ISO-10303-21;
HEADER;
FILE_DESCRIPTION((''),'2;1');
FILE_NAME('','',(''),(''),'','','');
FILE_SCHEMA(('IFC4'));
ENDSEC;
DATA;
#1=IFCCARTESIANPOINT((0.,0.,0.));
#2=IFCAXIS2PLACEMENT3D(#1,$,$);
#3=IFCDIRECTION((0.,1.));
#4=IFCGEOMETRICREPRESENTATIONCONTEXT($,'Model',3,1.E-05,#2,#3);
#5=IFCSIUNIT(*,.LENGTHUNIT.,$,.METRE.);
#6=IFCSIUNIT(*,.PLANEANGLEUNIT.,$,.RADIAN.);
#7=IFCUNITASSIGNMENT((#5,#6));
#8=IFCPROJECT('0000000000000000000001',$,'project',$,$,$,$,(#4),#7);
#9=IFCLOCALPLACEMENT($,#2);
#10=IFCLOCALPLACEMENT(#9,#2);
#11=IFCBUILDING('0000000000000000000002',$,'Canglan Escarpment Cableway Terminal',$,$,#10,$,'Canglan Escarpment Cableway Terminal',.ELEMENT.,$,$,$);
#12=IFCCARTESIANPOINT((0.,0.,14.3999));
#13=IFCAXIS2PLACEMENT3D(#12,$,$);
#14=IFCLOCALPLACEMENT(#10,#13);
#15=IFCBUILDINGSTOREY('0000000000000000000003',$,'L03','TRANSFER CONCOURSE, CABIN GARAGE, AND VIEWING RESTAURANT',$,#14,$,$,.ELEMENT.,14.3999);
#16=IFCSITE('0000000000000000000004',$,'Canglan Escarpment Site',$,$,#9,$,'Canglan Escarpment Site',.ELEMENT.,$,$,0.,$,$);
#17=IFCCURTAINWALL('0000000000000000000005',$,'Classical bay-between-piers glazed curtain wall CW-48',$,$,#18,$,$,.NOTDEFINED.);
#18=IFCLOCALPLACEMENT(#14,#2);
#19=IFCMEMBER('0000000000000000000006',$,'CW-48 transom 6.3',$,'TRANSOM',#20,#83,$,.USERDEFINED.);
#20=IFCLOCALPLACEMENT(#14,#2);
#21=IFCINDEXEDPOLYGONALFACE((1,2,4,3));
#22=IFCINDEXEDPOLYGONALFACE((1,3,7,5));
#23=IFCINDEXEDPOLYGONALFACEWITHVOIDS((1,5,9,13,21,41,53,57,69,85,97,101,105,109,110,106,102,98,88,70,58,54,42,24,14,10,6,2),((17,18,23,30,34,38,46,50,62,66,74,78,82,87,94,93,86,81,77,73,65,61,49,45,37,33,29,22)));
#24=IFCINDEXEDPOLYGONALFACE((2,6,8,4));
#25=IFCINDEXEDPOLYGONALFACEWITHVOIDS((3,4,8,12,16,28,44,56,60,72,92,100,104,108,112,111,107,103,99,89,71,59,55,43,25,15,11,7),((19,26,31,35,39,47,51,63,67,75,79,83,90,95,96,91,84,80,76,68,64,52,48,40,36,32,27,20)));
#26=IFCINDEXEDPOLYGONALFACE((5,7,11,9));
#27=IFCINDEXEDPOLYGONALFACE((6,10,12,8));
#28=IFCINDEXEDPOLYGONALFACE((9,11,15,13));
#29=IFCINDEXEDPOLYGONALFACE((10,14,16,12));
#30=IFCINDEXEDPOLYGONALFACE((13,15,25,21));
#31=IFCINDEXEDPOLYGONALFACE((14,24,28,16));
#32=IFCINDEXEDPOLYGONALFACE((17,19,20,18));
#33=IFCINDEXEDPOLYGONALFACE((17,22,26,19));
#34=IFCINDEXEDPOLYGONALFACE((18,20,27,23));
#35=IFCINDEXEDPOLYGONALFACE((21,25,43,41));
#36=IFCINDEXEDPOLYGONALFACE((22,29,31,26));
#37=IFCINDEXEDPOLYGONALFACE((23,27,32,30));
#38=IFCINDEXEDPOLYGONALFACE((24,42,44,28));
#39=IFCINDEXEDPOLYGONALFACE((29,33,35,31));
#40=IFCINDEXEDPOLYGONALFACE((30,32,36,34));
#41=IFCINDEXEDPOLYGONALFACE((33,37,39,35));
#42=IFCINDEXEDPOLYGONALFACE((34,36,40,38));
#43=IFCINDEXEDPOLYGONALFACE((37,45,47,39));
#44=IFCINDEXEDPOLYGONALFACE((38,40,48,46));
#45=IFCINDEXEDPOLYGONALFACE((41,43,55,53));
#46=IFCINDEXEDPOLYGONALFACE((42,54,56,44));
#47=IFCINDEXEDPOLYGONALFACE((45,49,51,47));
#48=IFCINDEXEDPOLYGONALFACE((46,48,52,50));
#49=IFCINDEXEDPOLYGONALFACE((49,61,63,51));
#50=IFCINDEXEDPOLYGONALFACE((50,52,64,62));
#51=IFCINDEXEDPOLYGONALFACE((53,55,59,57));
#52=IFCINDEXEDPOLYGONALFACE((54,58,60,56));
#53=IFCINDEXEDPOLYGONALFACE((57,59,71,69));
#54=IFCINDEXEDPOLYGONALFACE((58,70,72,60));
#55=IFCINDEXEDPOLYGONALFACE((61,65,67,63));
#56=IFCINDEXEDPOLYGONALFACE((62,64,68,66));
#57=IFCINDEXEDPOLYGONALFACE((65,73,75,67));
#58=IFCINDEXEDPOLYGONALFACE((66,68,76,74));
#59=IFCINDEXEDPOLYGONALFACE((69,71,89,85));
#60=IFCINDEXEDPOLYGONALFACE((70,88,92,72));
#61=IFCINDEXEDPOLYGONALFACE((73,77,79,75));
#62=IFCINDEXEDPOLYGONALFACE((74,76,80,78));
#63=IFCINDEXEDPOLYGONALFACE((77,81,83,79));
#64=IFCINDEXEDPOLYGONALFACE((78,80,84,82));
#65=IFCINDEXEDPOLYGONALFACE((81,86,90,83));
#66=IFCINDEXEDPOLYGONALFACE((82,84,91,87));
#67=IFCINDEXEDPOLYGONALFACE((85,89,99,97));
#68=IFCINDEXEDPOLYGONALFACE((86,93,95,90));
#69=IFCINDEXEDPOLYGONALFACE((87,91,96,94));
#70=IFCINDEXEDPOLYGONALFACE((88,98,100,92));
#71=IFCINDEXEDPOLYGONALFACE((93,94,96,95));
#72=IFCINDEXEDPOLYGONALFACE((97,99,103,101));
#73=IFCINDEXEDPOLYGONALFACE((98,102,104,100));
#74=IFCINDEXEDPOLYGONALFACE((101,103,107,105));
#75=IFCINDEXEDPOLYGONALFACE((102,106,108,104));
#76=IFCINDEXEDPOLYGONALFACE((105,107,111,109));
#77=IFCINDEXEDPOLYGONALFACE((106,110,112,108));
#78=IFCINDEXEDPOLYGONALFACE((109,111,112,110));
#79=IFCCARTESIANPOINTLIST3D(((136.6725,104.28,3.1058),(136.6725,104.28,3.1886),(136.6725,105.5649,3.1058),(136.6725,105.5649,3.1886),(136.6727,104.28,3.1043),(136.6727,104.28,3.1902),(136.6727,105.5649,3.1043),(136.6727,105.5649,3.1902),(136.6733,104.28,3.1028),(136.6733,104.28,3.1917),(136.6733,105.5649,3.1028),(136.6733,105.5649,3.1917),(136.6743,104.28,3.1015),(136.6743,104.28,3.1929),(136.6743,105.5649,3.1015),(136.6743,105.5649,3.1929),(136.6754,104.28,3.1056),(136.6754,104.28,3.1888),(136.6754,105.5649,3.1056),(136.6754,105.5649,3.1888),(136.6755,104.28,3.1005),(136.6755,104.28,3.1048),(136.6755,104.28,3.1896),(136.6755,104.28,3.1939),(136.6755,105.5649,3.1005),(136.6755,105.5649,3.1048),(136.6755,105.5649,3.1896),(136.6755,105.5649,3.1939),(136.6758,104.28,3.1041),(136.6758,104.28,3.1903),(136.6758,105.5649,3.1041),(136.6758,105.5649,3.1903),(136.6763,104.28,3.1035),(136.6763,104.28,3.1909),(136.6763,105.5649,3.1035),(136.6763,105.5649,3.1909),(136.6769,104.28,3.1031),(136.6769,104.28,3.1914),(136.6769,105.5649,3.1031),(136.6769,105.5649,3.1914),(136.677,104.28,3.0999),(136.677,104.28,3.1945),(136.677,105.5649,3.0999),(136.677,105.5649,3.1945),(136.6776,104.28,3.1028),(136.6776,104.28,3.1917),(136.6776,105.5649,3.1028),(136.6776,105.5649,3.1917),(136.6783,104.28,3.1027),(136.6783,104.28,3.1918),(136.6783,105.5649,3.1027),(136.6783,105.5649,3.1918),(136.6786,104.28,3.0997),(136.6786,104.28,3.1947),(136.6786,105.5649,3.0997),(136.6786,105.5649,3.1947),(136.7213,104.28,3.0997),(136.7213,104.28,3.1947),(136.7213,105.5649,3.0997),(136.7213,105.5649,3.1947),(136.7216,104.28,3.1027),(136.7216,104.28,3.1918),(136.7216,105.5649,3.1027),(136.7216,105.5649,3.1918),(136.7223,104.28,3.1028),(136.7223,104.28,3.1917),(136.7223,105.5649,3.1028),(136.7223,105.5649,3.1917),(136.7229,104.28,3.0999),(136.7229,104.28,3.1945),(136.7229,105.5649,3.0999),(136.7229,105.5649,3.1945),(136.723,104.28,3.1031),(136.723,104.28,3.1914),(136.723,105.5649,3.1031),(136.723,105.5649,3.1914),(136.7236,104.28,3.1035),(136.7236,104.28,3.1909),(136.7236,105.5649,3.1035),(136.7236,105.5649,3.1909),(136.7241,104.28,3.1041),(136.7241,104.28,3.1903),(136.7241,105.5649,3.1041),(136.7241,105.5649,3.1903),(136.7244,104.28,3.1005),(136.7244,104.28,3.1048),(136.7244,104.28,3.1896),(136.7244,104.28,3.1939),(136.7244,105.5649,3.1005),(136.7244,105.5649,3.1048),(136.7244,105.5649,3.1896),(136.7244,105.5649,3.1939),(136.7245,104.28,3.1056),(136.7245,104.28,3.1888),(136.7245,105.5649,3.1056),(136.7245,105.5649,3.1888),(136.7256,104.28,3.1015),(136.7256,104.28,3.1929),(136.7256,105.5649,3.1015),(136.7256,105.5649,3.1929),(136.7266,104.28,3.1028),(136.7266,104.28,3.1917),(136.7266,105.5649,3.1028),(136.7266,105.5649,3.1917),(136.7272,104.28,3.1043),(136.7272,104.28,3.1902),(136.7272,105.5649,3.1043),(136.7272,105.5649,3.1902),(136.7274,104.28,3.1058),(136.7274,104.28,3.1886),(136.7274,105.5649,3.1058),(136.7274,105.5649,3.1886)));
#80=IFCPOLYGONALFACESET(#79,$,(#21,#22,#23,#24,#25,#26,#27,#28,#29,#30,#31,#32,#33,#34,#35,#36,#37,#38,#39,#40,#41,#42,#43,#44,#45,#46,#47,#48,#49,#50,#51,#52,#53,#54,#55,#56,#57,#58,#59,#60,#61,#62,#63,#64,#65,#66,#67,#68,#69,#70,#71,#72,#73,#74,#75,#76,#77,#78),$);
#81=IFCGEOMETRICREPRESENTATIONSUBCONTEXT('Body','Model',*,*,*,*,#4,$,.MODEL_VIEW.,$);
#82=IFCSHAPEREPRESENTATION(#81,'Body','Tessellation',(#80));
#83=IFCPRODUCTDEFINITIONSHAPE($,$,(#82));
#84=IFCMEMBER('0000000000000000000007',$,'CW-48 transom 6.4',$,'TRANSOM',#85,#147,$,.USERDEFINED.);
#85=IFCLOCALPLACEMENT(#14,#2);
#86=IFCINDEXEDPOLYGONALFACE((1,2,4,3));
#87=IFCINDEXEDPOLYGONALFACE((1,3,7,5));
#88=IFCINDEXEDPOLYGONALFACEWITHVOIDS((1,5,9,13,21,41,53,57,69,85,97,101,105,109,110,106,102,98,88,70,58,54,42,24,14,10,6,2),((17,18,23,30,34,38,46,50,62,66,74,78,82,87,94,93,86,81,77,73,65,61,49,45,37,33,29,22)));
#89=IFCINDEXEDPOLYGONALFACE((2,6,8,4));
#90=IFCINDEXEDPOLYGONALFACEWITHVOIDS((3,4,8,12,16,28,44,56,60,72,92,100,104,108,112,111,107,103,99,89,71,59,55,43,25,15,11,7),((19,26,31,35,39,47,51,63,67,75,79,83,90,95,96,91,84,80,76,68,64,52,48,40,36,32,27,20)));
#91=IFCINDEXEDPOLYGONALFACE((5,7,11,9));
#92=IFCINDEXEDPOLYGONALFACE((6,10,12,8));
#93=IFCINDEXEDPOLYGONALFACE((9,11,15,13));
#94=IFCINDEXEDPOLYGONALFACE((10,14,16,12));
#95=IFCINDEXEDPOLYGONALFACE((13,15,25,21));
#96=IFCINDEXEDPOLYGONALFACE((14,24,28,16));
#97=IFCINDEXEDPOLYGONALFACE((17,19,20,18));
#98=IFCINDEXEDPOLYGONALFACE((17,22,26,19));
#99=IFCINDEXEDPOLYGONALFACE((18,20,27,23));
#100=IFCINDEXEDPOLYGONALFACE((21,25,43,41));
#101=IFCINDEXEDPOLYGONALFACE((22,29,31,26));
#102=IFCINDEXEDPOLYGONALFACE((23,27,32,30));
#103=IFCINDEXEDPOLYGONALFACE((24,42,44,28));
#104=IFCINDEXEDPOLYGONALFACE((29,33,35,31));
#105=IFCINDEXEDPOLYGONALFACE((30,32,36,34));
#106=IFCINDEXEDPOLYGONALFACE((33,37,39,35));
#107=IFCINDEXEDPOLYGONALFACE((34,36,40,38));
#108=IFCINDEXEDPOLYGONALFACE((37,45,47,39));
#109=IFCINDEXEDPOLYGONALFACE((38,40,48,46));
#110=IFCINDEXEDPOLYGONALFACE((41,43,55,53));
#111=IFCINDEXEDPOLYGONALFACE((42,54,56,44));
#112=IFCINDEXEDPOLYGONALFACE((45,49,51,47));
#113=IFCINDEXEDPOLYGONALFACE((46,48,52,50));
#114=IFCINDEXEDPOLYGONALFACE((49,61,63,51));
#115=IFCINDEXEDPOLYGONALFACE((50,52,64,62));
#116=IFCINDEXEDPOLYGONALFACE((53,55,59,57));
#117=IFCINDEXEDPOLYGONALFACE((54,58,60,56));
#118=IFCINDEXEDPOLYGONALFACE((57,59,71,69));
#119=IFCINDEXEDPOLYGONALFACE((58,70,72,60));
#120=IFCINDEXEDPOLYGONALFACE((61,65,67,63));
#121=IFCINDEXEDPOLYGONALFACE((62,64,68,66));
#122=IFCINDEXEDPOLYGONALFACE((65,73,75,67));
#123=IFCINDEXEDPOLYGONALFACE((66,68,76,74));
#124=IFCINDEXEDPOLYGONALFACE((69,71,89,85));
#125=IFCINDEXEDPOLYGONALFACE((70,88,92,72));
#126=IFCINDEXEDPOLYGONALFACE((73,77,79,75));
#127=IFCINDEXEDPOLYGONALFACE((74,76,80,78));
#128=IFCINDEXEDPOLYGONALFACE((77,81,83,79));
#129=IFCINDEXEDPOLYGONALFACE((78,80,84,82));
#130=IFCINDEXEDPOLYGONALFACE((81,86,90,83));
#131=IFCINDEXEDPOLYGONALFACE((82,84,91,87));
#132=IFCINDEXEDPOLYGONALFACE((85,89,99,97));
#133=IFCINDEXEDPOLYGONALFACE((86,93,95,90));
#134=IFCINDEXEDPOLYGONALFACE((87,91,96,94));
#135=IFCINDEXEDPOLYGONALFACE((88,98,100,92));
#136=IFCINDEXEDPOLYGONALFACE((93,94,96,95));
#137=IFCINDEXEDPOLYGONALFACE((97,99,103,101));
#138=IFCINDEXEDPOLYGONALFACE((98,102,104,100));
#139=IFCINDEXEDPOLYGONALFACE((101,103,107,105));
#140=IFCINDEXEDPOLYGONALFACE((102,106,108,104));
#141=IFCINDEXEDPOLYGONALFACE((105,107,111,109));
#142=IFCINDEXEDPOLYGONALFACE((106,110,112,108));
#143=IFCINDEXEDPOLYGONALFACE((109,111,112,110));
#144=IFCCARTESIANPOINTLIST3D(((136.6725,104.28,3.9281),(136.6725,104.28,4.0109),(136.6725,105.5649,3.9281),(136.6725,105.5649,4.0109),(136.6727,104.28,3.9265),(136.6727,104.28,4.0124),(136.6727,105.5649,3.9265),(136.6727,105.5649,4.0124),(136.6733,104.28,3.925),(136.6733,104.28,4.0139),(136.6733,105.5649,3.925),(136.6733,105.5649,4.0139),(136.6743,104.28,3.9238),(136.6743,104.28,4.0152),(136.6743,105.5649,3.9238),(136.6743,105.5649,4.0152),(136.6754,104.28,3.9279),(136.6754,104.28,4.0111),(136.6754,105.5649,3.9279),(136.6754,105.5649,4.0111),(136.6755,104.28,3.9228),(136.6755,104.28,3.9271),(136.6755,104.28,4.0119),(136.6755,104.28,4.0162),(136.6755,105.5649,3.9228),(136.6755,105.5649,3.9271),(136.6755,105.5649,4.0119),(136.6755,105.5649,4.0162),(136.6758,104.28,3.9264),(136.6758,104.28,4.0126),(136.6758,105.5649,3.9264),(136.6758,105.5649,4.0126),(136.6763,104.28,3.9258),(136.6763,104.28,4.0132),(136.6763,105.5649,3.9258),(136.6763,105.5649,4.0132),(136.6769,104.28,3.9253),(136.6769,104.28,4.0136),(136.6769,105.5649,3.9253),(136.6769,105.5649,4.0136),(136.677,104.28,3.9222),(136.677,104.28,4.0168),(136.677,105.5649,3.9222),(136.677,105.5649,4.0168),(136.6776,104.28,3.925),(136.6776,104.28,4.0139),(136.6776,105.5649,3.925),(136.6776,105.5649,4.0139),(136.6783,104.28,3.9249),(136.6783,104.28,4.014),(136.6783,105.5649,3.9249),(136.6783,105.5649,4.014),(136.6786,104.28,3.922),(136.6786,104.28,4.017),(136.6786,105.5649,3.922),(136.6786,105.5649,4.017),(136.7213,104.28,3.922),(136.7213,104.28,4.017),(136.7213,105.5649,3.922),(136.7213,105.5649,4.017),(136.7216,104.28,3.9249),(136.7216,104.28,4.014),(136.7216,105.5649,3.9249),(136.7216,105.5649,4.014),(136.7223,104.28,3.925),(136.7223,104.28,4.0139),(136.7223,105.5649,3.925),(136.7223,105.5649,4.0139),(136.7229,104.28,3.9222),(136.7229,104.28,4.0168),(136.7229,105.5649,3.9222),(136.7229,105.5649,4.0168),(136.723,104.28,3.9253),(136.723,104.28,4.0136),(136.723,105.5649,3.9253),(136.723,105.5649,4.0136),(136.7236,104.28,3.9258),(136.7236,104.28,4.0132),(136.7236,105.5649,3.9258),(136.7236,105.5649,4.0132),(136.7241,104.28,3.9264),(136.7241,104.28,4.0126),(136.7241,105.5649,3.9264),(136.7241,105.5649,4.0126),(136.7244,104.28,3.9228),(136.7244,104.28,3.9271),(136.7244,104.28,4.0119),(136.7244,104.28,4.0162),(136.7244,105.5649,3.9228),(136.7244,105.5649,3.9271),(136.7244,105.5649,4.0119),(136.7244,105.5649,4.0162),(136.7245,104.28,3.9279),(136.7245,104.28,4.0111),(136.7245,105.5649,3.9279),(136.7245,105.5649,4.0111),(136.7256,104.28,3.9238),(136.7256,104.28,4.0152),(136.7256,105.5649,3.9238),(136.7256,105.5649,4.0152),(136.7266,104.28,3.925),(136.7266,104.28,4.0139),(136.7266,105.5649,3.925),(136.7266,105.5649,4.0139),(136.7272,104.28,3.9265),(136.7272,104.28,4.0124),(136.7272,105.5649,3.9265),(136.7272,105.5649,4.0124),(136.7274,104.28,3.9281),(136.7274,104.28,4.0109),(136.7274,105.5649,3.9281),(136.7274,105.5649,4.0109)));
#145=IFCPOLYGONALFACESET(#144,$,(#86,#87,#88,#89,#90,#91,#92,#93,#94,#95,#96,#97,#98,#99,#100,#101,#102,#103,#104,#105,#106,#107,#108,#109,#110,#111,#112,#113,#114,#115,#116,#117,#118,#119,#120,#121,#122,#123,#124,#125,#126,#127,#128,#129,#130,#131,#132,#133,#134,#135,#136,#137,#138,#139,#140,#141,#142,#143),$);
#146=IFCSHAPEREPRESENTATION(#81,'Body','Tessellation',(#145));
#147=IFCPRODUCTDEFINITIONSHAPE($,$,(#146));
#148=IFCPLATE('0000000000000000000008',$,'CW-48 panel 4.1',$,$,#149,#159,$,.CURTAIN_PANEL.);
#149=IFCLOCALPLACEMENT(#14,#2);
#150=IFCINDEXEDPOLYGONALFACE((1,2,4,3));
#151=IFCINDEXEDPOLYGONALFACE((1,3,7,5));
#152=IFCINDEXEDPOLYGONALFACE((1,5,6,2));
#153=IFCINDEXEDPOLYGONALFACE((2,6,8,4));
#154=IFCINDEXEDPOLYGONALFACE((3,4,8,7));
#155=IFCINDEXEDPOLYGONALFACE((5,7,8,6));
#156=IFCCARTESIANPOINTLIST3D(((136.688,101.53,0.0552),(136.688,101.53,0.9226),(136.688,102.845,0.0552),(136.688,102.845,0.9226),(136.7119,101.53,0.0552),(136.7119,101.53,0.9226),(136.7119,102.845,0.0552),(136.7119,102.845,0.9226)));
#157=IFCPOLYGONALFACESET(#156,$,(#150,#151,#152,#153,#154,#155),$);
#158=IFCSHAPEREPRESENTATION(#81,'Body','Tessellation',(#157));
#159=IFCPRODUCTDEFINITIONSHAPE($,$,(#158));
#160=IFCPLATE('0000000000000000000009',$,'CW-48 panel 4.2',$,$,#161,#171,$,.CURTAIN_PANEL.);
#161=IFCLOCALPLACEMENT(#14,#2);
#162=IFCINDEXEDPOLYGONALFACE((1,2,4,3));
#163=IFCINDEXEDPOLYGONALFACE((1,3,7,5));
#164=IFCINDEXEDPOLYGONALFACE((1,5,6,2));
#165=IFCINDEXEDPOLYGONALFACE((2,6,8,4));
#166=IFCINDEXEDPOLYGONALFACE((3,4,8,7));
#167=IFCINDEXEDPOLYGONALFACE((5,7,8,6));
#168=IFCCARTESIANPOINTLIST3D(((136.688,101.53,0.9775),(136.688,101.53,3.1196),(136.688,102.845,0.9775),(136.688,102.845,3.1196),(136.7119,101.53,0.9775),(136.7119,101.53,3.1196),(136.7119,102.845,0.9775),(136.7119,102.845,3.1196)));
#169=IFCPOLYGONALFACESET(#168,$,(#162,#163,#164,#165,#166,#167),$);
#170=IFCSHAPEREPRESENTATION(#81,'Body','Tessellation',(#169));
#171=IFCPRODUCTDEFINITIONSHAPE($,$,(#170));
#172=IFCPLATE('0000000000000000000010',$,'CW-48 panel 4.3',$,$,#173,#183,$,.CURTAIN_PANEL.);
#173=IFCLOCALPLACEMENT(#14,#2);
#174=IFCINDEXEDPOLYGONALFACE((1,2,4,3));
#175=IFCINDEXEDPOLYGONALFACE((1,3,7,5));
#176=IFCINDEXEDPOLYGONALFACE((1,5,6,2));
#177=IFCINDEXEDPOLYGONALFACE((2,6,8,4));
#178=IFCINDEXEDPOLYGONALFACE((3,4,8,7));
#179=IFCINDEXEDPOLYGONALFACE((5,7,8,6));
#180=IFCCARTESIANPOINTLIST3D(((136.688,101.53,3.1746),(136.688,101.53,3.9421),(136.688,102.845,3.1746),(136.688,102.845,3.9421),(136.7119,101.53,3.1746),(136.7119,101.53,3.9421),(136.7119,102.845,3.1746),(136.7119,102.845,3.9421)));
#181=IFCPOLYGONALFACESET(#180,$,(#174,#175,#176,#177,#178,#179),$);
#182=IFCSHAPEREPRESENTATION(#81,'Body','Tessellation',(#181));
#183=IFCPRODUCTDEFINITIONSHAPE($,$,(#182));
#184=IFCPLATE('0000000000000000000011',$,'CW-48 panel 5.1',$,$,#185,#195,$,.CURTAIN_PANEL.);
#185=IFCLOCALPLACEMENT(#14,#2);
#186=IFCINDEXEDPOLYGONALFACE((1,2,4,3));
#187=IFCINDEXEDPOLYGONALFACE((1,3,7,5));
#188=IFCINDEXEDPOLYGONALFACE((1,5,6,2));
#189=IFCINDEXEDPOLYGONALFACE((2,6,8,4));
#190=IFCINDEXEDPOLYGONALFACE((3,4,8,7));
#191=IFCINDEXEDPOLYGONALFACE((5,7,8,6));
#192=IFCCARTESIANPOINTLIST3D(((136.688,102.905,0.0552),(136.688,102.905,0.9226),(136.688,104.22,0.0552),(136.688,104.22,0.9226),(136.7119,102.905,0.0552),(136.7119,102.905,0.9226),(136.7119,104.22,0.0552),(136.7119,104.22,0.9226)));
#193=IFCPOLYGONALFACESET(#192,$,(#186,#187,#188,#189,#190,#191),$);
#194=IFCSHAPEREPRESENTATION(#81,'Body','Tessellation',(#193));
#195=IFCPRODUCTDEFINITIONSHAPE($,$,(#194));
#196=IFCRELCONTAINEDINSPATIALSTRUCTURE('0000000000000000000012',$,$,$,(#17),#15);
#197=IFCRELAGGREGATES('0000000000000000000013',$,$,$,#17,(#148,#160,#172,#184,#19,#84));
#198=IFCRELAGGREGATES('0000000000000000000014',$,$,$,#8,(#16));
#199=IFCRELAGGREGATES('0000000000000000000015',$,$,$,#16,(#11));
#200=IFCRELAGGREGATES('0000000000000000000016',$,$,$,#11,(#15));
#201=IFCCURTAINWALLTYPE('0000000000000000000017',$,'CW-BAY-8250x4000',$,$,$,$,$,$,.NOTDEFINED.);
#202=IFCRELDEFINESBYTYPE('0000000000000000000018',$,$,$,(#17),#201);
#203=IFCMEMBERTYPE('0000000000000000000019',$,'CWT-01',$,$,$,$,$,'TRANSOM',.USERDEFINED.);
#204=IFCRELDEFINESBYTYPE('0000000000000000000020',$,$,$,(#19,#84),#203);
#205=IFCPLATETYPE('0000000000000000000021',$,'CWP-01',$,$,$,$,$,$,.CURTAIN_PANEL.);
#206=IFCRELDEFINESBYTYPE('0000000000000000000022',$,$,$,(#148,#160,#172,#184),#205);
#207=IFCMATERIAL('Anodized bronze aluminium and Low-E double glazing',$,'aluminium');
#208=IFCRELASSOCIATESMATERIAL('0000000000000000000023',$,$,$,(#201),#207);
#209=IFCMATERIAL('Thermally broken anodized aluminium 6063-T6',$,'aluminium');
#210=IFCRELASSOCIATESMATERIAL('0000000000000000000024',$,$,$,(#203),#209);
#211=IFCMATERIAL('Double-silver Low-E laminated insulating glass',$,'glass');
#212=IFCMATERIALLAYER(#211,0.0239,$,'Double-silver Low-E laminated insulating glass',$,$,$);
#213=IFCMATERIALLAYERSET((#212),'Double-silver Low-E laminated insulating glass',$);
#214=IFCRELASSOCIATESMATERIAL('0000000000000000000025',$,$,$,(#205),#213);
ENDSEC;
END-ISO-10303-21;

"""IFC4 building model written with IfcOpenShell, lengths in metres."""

from ifc_helpers import new_model, si_unit, direction, frame, origin, origin_2d, place, context, subcontext, project, spatial, rectangle, hollow_rectangle, extrude, material, layer, layer_set, material_profile, profile_set, type_object, element, aggregate, save


model = new_model("IFC4")

# Units and contexts
model_context = context("Model", 3, precision=1e-05, world=origin(), true_north=direction((0.0, 1.0)))
body_context = subcontext(model_context, "Body", "Model", "MODEL_VIEW")
ifc_project = project(units=[si_unit("LENGTHUNIT", "METRE"), si_unit("PLANEANGLEUNIT", "RADIAN")], contexts=[model_context])

# Site, building, storey
site_placement = place(None, origin())
site = spatial("IfcSite", under=ifc_project, at=site_placement, Name="Canglan Escarpment Site", LongName="Canglan Escarpment Site", CompositionType="ELEMENT", RefElevation=0.0)
building_placement = place(site_placement, origin())
building = spatial("IfcBuilding", under=site, at=building_placement, Name="Canglan Escarpment Cableway Terminal", LongName="Canglan Escarpment Cableway Terminal", CompositionType="ELEMENT")
storey_placement = place(building_placement, frame((0.0, 0.0, 14.3999)))
storey = spatial("IfcBuildingStorey", under=building, at=storey_placement, Name="L03", Description="TRANSFER CONCOURSE, CABIN GARAGE, AND VIEWING RESTAURANT", CompositionType="ELEMENT", Elevation=14.3999)

# Curtain wall, members, plates
ifc_material_1 = material(Name="Anodized bronze aluminium and Low-E double glazing", Category="aluminium")
curtain_wall_type = type_object("IfcCurtainWallType", Name="CW-BAY-8250x4000", PredefinedType="NOTDEFINED", material=ifc_material_1)
curtain_wall_placement = place(storey_placement, origin())
curtain_wall = element("IfcCurtainWall", 1, at=curtain_wall_placement, inside=storey, type_object=curtain_wall_type, Name="Classical bay-between-piers glazed curtain wall CW-48", PredefinedType="NOTDEFINED")
ifc_material_2 = material(Name="Thermally broken anodized aluminium 6063-T6", Category="aluminium")
ifc_material_profile_1 = material_profile(ifc_material_2, hollow_rectangle(XDim=0.0549, YDim=0.095, WallThickness=0.0029, InnerFilletRadius=0.0029, OuterFilletRadius=0.0061, at=origin_2d()), Name="ALU-TRAN 55x95x3")
ifc_profile_set_1 = profile_set([ifc_material_profile_1], Name="Thermally broken anodized aluminium 6063-T6")
member_type_1 = type_object("IfcMemberType", Name="CWT-01", ElementType="TRANSOM", PredefinedType="USERDEFINED", material=ifc_profile_set_1)
member_1_placement = place(storey_placement, frame((136.7, 104.28, 3.1472), z_axis=(0.0, 1.0, 0.0), x_axis=(-1.0, 0.0, 0.0)))
member_1 = element("IfcMember", 2, at=member_1_placement, type_object=member_type_1, Name="CW-48 transom 6.3", ObjectType="TRANSOM", PredefinedType="USERDEFINED", context=body_context, shape_type="SweptSolid", body=[
    extrude(hollow_rectangle(XDim=0.0549, YDim=0.095, WallThickness=0.0029, InnerFilletRadius=0.0029, OuterFilletRadius=0.0061, at=origin_2d()), origin(), (0.0, 0.0, 1.0), 1.2849),
])
member_2_placement = place(storey_placement, frame((136.7, 104.28, 3.9695), z_axis=(0.0, 1.0, 0.0), x_axis=(-1.0, 0.0, 0.0)))
member_2 = element("IfcMember", 3, at=member_2_placement, type_object=member_type_1, Name="CW-48 transom 6.4", ObjectType="TRANSOM", PredefinedType="USERDEFINED", context=body_context, shape_type="SweptSolid", body=[
    extrude(hollow_rectangle(XDim=0.0549, YDim=0.095, WallThickness=0.0029, InnerFilletRadius=0.0029, OuterFilletRadius=0.0061, at=origin_2d()), origin(), (0.0, 0.0, 1.0), 1.2849),
])
ifc_material_3 = material(Name="Double-silver Low-E laminated insulating glass", Category="glass")
ifc_layer = layer(ifc_material_3, 0.0239, Name="Double-silver Low-E laminated insulating glass")
ifc_layer_set = layer_set([ifc_layer], Name="Double-silver Low-E laminated insulating glass")
plate_type = type_object("IfcPlateType", Name="CWP-01", PredefinedType="CURTAIN_PANEL", material=ifc_layer_set)
plate_1_placement = place(storey_placement, frame((136.7, 102.1875, 0.0552), z_axis=(0.0, 0.0, 1.0), x_axis=(0.0, 1.0, 0.0)))
plate_1 = element("IfcPlate", 4, at=plate_1_placement, type_object=plate_type, Name="CW-48 panel 4.1", PredefinedType="CURTAIN_PANEL", context=body_context, shape_type="SweptSolid", body=[
    extrude(rectangle(XDim=1.3149, YDim=0.0239, at=origin_2d()), origin(), (0.0, 0.0, 1.0), 0.8674),
])
plate_2_placement = place(storey_placement, frame((136.7, 102.1875, 0.9775), z_axis=(0.0, 0.0, 1.0), x_axis=(0.0, 1.0, 0.0)))
plate_2 = element("IfcPlate", 5, at=plate_2_placement, type_object=plate_type, Name="CW-48 panel 4.2", PredefinedType="CURTAIN_PANEL", context=body_context, shape_type="SweptSolid", body=[
    extrude(rectangle(XDim=1.3149, YDim=0.0239, at=origin_2d()), origin(), (0.0, 0.0, 1.0), 2.1421),
])
plate_3_placement = place(storey_placement, frame((136.7, 102.1875, 3.1746), z_axis=(0.0, 0.0, 1.0), x_axis=(0.0, 1.0, 0.0)))
plate_3 = element("IfcPlate", 6, at=plate_3_placement, type_object=plate_type, Name="CW-48 panel 4.3", PredefinedType="CURTAIN_PANEL", context=body_context, shape_type="SweptSolid", body=[
    extrude(rectangle(XDim=1.3149, YDim=0.0239, at=origin_2d()), origin(), (0.0, 0.0, 1.0), 0.7676),
])
plate_4_placement = place(storey_placement, frame((136.7, 103.5625, 0.0552), z_axis=(0.0, 0.0, 1.0), x_axis=(0.0, 1.0, 0.0)))
plate_4 = element("IfcPlate", 7, at=plate_4_placement, type_object=plate_type, Name="CW-48 panel 5.1", PredefinedType="CURTAIN_PANEL", context=body_context, shape_type="SweptSolid", body=[
    extrude(rectangle(XDim=1.3149, YDim=0.0239, at=origin_2d()), origin(), (0.0, 0.0, 1.0), 0.8674),
])
aggregate(curtain_wall, [plate_1, plate_2, plate_3, plate_4, member_1, member_2])

save(model, "model.ifc")
